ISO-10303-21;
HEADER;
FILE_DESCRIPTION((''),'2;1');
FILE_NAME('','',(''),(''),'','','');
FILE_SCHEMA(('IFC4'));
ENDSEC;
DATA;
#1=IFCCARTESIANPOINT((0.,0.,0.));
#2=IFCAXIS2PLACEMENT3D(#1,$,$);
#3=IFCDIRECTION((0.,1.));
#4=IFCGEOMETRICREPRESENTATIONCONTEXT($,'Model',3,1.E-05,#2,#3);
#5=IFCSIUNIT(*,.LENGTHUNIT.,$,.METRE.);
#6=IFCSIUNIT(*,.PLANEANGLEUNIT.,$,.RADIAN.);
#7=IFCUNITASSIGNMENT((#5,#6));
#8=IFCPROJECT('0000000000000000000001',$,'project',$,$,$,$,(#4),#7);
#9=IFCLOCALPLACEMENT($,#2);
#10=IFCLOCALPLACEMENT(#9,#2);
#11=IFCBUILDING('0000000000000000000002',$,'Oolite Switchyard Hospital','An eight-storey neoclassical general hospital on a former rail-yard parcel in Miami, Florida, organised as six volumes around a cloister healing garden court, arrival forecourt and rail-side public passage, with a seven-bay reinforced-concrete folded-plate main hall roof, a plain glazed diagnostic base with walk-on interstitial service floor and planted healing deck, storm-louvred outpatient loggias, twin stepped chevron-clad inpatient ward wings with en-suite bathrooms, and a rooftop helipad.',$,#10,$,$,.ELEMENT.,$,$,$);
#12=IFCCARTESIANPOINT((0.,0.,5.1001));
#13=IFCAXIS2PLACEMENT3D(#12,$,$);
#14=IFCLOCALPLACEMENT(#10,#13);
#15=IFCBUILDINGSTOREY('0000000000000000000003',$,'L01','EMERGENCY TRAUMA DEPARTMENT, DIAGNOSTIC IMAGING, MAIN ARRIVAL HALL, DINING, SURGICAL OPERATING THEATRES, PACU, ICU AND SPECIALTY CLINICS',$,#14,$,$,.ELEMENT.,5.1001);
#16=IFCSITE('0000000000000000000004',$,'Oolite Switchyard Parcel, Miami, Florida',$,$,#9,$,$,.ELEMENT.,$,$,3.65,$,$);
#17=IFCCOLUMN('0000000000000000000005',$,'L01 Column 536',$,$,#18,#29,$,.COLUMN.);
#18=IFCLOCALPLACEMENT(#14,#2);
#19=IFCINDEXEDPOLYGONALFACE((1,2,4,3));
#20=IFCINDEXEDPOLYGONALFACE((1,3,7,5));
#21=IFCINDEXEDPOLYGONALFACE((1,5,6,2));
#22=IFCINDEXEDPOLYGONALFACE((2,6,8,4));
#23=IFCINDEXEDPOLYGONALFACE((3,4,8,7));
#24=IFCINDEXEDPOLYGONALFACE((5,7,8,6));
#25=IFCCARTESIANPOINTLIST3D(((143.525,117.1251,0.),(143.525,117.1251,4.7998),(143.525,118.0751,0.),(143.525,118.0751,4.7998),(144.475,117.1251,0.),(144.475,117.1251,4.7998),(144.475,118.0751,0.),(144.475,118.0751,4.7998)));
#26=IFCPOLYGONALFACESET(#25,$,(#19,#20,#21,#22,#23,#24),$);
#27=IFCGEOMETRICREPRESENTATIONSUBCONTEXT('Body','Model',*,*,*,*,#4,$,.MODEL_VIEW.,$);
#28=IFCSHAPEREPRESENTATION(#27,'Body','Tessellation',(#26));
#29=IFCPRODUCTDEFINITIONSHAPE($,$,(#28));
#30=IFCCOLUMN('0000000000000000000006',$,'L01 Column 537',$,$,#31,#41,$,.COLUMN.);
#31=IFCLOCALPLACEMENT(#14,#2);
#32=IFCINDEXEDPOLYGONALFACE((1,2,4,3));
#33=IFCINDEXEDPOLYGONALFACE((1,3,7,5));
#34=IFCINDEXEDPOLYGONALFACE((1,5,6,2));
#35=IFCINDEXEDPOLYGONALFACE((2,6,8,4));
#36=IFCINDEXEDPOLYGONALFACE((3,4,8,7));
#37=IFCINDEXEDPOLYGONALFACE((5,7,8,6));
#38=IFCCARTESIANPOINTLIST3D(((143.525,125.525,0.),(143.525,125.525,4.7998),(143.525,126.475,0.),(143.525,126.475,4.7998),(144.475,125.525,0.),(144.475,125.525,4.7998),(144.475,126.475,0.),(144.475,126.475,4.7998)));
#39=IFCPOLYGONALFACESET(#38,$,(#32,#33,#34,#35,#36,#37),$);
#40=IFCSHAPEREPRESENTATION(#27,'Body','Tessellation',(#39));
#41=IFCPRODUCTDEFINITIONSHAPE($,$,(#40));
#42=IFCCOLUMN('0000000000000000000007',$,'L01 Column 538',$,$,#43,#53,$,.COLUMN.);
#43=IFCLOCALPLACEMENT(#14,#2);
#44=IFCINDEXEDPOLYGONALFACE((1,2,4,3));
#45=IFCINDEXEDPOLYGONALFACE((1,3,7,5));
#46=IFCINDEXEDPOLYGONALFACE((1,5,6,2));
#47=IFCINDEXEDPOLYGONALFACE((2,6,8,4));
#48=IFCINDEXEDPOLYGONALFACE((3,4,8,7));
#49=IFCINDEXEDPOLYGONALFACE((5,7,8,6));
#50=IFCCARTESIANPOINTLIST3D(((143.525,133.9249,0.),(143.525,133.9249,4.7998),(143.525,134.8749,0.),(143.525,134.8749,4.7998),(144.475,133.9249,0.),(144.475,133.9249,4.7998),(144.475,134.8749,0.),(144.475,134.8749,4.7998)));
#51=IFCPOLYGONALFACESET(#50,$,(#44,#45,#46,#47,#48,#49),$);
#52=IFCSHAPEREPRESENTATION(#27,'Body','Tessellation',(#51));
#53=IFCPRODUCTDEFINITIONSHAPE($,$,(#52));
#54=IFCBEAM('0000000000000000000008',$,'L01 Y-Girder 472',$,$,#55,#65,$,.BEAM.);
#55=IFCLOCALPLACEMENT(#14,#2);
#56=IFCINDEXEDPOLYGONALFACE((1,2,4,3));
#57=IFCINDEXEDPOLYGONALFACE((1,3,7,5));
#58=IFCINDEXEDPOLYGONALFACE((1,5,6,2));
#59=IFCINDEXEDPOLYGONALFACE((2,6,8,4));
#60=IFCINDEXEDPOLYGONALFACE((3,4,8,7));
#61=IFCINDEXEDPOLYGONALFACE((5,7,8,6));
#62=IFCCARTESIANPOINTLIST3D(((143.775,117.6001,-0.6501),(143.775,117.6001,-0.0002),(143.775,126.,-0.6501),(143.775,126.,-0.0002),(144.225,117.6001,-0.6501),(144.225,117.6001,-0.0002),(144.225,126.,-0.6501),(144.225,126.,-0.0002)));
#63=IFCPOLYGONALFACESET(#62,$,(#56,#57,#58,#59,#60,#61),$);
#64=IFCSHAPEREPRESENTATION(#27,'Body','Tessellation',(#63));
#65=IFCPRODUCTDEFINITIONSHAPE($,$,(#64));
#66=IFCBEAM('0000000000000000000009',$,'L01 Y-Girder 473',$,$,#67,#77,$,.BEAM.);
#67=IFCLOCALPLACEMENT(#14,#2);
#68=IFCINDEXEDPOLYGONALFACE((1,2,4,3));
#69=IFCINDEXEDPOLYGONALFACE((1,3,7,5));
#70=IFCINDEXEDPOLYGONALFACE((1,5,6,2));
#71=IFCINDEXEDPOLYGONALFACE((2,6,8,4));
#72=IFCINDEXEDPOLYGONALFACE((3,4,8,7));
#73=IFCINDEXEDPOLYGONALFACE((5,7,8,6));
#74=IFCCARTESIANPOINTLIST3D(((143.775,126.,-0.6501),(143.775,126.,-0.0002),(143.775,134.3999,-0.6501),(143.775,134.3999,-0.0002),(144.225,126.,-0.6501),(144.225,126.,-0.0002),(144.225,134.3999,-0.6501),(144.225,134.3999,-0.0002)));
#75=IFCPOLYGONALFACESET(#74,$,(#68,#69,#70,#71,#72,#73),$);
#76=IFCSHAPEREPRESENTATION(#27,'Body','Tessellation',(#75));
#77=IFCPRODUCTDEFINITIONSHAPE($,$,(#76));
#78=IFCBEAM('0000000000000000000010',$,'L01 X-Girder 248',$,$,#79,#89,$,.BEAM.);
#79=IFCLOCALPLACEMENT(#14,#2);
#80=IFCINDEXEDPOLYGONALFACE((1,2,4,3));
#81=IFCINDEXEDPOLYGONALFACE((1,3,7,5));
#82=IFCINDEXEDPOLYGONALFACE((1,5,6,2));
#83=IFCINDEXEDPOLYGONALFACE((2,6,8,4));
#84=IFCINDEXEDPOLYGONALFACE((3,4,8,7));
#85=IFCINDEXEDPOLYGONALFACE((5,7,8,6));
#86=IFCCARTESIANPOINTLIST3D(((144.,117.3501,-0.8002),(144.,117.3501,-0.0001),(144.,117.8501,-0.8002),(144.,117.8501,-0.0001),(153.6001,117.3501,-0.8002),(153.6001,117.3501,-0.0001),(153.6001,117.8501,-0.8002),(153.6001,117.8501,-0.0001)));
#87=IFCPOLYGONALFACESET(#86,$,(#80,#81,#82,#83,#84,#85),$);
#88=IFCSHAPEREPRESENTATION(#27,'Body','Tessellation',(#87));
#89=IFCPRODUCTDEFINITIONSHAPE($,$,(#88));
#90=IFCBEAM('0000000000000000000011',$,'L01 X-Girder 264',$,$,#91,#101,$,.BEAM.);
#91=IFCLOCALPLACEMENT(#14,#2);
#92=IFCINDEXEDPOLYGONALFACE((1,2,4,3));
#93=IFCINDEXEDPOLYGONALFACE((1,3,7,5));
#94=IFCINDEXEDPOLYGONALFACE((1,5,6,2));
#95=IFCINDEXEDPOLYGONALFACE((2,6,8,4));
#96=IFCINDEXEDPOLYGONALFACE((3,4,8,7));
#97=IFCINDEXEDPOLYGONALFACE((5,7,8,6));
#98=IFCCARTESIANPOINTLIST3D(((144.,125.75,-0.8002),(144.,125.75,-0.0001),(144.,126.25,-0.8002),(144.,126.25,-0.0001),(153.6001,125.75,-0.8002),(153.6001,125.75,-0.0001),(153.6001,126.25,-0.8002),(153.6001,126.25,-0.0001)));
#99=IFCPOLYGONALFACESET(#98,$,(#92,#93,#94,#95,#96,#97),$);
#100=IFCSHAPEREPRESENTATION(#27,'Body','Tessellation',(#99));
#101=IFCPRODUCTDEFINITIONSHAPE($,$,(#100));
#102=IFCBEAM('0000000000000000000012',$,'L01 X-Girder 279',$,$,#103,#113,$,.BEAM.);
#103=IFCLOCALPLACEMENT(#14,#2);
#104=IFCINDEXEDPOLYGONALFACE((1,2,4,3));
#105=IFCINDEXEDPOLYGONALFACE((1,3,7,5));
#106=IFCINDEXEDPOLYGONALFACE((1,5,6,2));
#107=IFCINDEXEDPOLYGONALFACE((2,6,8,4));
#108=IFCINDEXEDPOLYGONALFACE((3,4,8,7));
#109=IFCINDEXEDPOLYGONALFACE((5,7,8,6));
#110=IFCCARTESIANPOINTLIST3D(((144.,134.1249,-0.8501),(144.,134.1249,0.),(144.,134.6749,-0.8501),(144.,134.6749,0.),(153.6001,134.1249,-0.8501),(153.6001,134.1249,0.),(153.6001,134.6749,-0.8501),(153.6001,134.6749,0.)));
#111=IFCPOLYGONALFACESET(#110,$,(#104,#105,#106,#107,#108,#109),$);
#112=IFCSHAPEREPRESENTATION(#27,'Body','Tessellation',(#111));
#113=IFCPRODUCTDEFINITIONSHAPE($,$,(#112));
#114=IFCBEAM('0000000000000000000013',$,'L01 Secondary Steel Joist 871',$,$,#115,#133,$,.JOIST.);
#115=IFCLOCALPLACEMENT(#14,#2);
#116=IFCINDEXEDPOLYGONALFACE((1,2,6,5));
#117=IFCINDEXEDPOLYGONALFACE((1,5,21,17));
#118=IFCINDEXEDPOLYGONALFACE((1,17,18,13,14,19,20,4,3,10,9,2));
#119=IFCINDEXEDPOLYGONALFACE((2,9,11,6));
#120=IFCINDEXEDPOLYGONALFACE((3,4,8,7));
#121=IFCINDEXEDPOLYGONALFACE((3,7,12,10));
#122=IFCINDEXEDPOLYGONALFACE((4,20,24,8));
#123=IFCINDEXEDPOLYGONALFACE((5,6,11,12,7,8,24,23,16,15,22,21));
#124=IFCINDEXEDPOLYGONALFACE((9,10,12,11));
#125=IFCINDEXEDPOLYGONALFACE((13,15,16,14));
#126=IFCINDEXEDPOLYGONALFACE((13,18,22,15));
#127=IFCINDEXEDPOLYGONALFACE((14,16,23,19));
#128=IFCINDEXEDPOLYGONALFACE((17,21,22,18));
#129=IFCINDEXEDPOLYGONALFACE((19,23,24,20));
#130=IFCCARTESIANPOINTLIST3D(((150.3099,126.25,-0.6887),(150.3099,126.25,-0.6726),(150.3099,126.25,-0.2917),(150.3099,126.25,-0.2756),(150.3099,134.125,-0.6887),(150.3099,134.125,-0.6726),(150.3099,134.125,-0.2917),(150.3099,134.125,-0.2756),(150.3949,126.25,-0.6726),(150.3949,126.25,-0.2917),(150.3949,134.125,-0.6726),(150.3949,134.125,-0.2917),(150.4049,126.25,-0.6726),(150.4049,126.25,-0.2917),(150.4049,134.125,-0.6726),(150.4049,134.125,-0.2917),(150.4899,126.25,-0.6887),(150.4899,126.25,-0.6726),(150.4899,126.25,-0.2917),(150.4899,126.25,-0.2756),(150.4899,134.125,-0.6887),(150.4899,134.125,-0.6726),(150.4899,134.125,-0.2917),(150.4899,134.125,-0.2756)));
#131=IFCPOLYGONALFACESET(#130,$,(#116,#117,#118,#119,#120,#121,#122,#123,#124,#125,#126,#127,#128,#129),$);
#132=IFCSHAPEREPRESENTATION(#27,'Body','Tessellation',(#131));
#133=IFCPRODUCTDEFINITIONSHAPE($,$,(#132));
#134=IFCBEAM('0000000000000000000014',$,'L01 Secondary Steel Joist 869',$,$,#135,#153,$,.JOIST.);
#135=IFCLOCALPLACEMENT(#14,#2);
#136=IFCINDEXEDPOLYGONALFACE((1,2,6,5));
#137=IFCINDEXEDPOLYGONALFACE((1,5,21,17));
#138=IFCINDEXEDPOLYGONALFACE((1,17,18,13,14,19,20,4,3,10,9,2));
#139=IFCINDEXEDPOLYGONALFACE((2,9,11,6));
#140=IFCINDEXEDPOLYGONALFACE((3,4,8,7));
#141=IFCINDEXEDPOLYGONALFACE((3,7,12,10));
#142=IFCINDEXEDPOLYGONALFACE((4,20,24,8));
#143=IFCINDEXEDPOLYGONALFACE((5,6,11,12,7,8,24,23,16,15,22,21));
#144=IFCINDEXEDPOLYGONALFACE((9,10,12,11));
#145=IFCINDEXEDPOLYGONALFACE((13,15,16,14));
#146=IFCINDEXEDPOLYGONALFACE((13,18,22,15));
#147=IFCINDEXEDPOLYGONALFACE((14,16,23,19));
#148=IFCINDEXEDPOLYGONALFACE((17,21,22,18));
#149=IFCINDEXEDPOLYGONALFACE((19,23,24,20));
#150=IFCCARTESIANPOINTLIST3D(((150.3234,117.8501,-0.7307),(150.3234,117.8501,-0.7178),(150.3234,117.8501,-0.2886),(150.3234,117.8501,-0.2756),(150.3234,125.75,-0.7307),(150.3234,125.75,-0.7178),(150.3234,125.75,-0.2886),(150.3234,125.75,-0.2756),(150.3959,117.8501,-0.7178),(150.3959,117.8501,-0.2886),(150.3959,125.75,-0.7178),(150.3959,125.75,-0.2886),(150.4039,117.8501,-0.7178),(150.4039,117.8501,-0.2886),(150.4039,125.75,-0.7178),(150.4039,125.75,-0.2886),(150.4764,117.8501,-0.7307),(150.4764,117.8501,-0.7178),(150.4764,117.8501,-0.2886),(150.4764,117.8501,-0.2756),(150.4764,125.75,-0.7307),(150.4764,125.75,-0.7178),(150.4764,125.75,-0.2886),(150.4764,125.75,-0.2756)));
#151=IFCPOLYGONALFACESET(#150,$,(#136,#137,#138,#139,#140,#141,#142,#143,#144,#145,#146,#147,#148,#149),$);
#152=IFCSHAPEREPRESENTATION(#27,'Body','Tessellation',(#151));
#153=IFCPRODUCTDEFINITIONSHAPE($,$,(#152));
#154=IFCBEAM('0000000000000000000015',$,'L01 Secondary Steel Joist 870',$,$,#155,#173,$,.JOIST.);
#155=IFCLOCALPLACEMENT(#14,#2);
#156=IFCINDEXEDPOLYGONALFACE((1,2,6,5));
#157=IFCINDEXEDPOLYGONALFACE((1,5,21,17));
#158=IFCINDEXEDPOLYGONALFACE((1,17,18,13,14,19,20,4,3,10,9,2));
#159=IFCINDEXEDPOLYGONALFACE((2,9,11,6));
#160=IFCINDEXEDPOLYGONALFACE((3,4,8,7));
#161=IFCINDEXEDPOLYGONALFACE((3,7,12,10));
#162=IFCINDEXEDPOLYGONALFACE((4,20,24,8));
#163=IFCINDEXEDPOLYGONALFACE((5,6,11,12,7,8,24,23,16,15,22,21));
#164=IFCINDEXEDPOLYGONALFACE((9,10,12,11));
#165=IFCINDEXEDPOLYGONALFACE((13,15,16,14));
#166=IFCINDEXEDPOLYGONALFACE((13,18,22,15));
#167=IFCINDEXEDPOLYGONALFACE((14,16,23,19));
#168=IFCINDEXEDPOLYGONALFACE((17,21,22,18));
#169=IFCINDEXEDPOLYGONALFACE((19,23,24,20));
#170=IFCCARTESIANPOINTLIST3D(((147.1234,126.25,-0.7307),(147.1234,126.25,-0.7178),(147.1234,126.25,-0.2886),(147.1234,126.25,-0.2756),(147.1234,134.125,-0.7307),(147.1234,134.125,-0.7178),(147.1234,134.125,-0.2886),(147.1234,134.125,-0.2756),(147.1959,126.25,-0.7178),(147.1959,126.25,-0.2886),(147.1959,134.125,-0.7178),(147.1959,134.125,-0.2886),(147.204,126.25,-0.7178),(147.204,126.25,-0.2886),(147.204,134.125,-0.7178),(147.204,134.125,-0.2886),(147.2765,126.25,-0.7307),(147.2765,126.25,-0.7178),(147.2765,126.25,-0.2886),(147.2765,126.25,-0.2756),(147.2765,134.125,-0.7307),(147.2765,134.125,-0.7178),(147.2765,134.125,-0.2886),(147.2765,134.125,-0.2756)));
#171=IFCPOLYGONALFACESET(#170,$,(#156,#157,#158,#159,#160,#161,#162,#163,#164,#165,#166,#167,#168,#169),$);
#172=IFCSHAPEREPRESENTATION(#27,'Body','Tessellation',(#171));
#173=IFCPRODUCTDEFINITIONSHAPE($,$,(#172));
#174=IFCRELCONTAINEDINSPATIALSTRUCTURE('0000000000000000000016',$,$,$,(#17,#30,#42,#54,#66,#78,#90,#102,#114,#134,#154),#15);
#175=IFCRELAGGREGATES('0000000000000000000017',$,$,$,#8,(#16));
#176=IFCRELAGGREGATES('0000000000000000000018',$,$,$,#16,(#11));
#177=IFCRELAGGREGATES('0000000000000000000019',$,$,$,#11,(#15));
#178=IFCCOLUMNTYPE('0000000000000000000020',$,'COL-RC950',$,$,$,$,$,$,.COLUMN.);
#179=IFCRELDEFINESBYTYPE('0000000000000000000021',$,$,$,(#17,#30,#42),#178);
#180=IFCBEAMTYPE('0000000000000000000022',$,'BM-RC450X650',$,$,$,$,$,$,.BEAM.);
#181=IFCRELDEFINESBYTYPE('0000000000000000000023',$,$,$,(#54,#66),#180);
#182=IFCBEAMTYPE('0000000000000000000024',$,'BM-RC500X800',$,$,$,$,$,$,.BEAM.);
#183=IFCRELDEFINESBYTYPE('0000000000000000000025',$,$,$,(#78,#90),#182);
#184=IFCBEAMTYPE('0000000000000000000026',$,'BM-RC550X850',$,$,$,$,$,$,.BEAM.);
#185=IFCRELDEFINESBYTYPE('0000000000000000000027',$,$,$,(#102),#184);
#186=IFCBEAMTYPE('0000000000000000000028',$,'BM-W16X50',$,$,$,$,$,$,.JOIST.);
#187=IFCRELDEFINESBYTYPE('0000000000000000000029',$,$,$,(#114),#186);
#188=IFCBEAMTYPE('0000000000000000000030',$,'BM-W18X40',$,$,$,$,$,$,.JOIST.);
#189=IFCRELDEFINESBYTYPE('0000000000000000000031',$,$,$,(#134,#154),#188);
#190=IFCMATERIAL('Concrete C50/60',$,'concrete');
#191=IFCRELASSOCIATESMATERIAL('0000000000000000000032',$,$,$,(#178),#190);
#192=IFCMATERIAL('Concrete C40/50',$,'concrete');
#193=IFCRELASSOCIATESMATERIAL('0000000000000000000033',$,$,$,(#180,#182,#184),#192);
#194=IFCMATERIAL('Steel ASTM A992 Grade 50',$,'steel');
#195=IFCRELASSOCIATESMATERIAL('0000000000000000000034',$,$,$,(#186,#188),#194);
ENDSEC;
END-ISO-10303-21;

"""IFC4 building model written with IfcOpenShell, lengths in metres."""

from ifc_helpers import new_model, si_unit, direction, frame, origin, origin_2d, place, context, subcontext, project, spatial, rectangle, i_section, extrude, material, material_profile, profile_set, type_object, element, save


model = new_model("IFC4")

# Units and contexts
model_context = context("Model", 3, precision=1e-05, world=origin(), true_north=direction((0.0, 1.0)))
body_context = subcontext(model_context, "Body", "Model", "MODEL_VIEW")
ifc_project = project(units=[si_unit("LENGTHUNIT", "METRE"), si_unit("PLANEANGLEUNIT", "RADIAN")], contexts=[model_context])

# Site, building, storey
site_placement = place(None, origin())
site = spatial("IfcSite", under=ifc_project, at=site_placement, Name="Oolite Switchyard Parcel, Miami, Florida", CompositionType="ELEMENT", RefElevation=3.65)
building_placement = place(site_placement, origin())
building = spatial("IfcBuilding", under=site, at=building_placement, Name="Oolite Switchyard Hospital", Description="An eight-storey neoclassical general hospital on a former rail-yard parcel in Miami, Florida, organised as six volumes around a cloister healing garden court, arrival forecourt and rail-side public passage, with a seven-bay reinforced-concrete folded-plate main hall roof, a plain glazed diagnostic base with walk-on interstitial service floor and planted healing deck, storm-louvred outpatient loggias, twin stepped chevron-clad inpatient ward wings with en-suite bathrooms, and a rooftop helipad.", CompositionType="ELEMENT")
storey_placement = place(building_placement, frame((0.0, 0.0, 5.1001)))
storey = spatial("IfcBuildingStorey", under=building, at=storey_placement, Name="L01", Description="EMERGENCY TRAUMA DEPARTMENT, DIAGNOSTIC IMAGING, MAIN ARRIVAL HALL, DINING, SURGICAL OPERATING THEATRES, PACU, ICU AND SPECIALTY CLINICS", CompositionType="ELEMENT", Elevation=5.1001)

# Columns
ifc_material_1 = material(Name="Concrete C50/60", Category="concrete")
ifc_material_profile_1 = material_profile(ifc_material_1, rectangle(XDim=0.95, YDim=0.95, at=origin_2d()), Name="RC950X950")
ifc_profile_set_1 = profile_set([ifc_material_profile_1], Name="Concrete C50/60")
column_type = type_object("IfcColumnType", Name="COL-RC950", PredefinedType="COLUMN", material=ifc_profile_set_1)
for number, where, z_axis, x_axis, name in (
    (1, (144.0, 117.6001, 0.0), (0.0, 0.0, 1.0), (1.0, 0.0, 0.0), "L01 Column 536"),
    (2, (144.0, 126.0, 0.0), (0.0, 0.0, 1.0), (1.0, 0.0, 0.0), "L01 Column 537"),
    (3, (144.0, 134.3999, 0.0), (0.0, 0.0, 1.0), (1.0, 0.0, 0.0), "L01 Column 538"),
):
    element("IfcColumn", number, at=place(storey_placement, frame(where, z_axis=z_axis, x_axis=x_axis)), inside=storey, type_object=column_type, Name=name, PredefinedType="COLUMN", context=body_context, shape_type="SweptSolid", body=[
        extrude(rectangle(XDim=0.95, YDim=0.95, at=origin_2d()), origin(), (0.0, 0.0, 1.0), 4.7998),
    ])

# Beams
ifc_material_2 = material(Name="Concrete C40/50", Category="concrete")
ifc_material_profile_2 = material_profile(ifc_material_2, rectangle(XDim=0.45, YDim=0.6499, at=origin_2d()), Name="RCB450X650")
ifc_profile_set_2 = profile_set([ifc_material_profile_2], Name="Concrete C40/50")
beam_type_1 = type_object("IfcBeamType", Name="BM-RC450X650", PredefinedType="BEAM", material=ifc_profile_set_2)
for number, where, z_axis, x_axis, name in (
    (4, (144.0, 117.6001, -0.3252), (0.0, 1.0, 0.0), (-1.0, 0.0, 0.0), "L01 Y-Girder 472"),
    (5, (144.0, 126.0, -0.3252), (0.0, 1.0, 0.0), (-1.0, 0.0, 0.0), "L01 Y-Girder 473"),
):
    element("IfcBeam", number, at=place(storey_placement, frame(where, z_axis=z_axis, x_axis=x_axis)), inside=storey, type_object=beam_type_1, Name=name, PredefinedType="BEAM", context=body_context, shape_type="SweptSolid", body=[
        extrude(rectangle(XDim=0.45, YDim=0.6499, at=origin_2d()), origin(), (0.0, 0.0, 1.0), 8.3999),
    ])
ifc_material_profile_3 = material_profile(ifc_material_2, rectangle(XDim=0.5, YDim=0.8, at=origin_2d()), Name="RCB500X800")
ifc_profile_set_3 = profile_set([ifc_material_profile_3], Name="Concrete C40/50")
beam_type_2 = type_object("IfcBeamType", Name="BM-RC500X800", PredefinedType="BEAM", material=ifc_profile_set_3)
for number, where, z_axis, x_axis, name in (
    (6, (144.0, 117.6001, -0.4001), (1.0, 0.0, 0.0), (0.0, 1.0, 0.0), "L01 X-Girder 248"),
    (7, (144.0, 126.0, -0.4001), (1.0, 0.0, 0.0), (0.0, 1.0, 0.0), "L01 X-Girder 264"),
):
    element("IfcBeam", number, at=place(storey_placement, frame(where, z_axis=z_axis, x_axis=x_axis)), inside=storey, type_object=beam_type_2, Name=name, PredefinedType="BEAM", context=body_context, shape_type="SweptSolid", body=[
        extrude(rectangle(XDim=0.5, YDim=0.8, at=origin_2d()), origin(), (0.0, 0.0, 1.0), 9.6001),
    ])
ifc_material_profile_4 = material_profile(ifc_material_2, rectangle(XDim=0.55, YDim=0.8501, at=origin_2d()), Name="RCB550X850")
ifc_profile_set_4 = profile_set([ifc_material_profile_4], Name="Concrete C40/50")
beam_type_3 = type_object("IfcBeamType", Name="BM-RC550X850", PredefinedType="BEAM", material=ifc_profile_set_4)
beam_1_placement = place(storey_placement, frame((144.0, 134.3999, -0.425), z_axis=(1.0, 0.0, 0.0), x_axis=(0.0, 1.0, 0.0)))
element("IfcBeam", 8, at=beam_1_placement, inside=storey, type_object=beam_type_3, Name="L01 X-Girder 279", PredefinedType="BEAM", context=body_context, shape_type="SweptSolid", body=[
    extrude(rectangle(XDim=0.55, YDim=0.8501, at=origin_2d()), origin(), (0.0, 0.0, 1.0), 9.6001),
])
ifc_material_3 = material(Name="Steel ASTM A992 Grade 50", Category="steel")
ifc_material_profile_5 = material_profile(ifc_material_3, i_section(OverallWidth=0.1799, OverallDepth=0.4131, WebThickness=0.01, FlangeThickness=0.0161, at=origin_2d()), Name="W16X50")
ifc_profile_set_5 = profile_set([ifc_material_profile_5], Name="Steel ASTM A992 Grade 50")
beam_type_4 = type_object("IfcBeamType", Name="BM-W16X50", PredefinedType="JOIST", material=ifc_profile_set_5)
beam_2_placement = place(storey_placement, frame((150.3999, 126.25, -0.4822), z_axis=(0.0, 1.0, 0.0), x_axis=(-1.0, 0.0, 0.0)))
element("IfcBeam", 9, at=beam_2_placement, inside=storey, type_object=beam_type_4, Name="L01 Secondary Steel Joist 871", PredefinedType="JOIST", context=body_context, shape_type="SweptSolid", body=[
    extrude(i_section(OverallWidth=0.1799, OverallDepth=0.4131, WebThickness=0.01, FlangeThickness=0.0161, at=origin_2d()), origin(), (0.0, 0.0, 1.0), 7.875),
])
ifc_material_profile_6 = material_profile(ifc_material_3, i_section(OverallWidth=0.1531, OverallDepth=0.4551, WebThickness=0.0081, FlangeThickness=0.0129, at=origin_2d()), Name="W18X40")
ifc_profile_set_6 = profile_set([ifc_material_profile_6], Name="Steel ASTM A992 Grade 50")
beam_type_5 = type_object("IfcBeamType", Name="BM-W18X40", PredefinedType="JOIST", material=ifc_profile_set_6)
beam_3_placement = place(storey_placement, frame((150.3999, 117.8501, -0.5032), z_axis=(0.0, 1.0, 0.0), x_axis=(-1.0, 0.0, 0.0)))
element("IfcBeam", 10, at=beam_3_placement, inside=storey, type_object=beam_type_5, Name="L01 Secondary Steel Joist 869", PredefinedType="JOIST", context=body_context, shape_type="SweptSolid", body=[
    extrude(i_section(OverallWidth=0.1531, OverallDepth=0.4551, WebThickness=0.0081, FlangeThickness=0.0129, at=origin_2d()), origin(), (0.0, 0.0, 1.0), 7.8999),
])
beam_4_placement = place(storey_placement, frame((147.2, 126.25, -0.5032), z_axis=(0.0, 1.0, 0.0), x_axis=(-1.0, 0.0, 0.0)))
element("IfcBeam", 11, at=beam_4_placement, inside=storey, type_object=beam_type_5, Name="L01 Secondary Steel Joist 870", PredefinedType="JOIST", context=body_context, shape_type="SweptSolid", body=[
    extrude(i_section(OverallWidth=0.1531, OverallDepth=0.4551, WebThickness=0.0081, FlangeThickness=0.0129, at=origin_2d()), origin(), (0.0, 0.0, 1.0), 7.875),
])

save(model, "model.ifc")
